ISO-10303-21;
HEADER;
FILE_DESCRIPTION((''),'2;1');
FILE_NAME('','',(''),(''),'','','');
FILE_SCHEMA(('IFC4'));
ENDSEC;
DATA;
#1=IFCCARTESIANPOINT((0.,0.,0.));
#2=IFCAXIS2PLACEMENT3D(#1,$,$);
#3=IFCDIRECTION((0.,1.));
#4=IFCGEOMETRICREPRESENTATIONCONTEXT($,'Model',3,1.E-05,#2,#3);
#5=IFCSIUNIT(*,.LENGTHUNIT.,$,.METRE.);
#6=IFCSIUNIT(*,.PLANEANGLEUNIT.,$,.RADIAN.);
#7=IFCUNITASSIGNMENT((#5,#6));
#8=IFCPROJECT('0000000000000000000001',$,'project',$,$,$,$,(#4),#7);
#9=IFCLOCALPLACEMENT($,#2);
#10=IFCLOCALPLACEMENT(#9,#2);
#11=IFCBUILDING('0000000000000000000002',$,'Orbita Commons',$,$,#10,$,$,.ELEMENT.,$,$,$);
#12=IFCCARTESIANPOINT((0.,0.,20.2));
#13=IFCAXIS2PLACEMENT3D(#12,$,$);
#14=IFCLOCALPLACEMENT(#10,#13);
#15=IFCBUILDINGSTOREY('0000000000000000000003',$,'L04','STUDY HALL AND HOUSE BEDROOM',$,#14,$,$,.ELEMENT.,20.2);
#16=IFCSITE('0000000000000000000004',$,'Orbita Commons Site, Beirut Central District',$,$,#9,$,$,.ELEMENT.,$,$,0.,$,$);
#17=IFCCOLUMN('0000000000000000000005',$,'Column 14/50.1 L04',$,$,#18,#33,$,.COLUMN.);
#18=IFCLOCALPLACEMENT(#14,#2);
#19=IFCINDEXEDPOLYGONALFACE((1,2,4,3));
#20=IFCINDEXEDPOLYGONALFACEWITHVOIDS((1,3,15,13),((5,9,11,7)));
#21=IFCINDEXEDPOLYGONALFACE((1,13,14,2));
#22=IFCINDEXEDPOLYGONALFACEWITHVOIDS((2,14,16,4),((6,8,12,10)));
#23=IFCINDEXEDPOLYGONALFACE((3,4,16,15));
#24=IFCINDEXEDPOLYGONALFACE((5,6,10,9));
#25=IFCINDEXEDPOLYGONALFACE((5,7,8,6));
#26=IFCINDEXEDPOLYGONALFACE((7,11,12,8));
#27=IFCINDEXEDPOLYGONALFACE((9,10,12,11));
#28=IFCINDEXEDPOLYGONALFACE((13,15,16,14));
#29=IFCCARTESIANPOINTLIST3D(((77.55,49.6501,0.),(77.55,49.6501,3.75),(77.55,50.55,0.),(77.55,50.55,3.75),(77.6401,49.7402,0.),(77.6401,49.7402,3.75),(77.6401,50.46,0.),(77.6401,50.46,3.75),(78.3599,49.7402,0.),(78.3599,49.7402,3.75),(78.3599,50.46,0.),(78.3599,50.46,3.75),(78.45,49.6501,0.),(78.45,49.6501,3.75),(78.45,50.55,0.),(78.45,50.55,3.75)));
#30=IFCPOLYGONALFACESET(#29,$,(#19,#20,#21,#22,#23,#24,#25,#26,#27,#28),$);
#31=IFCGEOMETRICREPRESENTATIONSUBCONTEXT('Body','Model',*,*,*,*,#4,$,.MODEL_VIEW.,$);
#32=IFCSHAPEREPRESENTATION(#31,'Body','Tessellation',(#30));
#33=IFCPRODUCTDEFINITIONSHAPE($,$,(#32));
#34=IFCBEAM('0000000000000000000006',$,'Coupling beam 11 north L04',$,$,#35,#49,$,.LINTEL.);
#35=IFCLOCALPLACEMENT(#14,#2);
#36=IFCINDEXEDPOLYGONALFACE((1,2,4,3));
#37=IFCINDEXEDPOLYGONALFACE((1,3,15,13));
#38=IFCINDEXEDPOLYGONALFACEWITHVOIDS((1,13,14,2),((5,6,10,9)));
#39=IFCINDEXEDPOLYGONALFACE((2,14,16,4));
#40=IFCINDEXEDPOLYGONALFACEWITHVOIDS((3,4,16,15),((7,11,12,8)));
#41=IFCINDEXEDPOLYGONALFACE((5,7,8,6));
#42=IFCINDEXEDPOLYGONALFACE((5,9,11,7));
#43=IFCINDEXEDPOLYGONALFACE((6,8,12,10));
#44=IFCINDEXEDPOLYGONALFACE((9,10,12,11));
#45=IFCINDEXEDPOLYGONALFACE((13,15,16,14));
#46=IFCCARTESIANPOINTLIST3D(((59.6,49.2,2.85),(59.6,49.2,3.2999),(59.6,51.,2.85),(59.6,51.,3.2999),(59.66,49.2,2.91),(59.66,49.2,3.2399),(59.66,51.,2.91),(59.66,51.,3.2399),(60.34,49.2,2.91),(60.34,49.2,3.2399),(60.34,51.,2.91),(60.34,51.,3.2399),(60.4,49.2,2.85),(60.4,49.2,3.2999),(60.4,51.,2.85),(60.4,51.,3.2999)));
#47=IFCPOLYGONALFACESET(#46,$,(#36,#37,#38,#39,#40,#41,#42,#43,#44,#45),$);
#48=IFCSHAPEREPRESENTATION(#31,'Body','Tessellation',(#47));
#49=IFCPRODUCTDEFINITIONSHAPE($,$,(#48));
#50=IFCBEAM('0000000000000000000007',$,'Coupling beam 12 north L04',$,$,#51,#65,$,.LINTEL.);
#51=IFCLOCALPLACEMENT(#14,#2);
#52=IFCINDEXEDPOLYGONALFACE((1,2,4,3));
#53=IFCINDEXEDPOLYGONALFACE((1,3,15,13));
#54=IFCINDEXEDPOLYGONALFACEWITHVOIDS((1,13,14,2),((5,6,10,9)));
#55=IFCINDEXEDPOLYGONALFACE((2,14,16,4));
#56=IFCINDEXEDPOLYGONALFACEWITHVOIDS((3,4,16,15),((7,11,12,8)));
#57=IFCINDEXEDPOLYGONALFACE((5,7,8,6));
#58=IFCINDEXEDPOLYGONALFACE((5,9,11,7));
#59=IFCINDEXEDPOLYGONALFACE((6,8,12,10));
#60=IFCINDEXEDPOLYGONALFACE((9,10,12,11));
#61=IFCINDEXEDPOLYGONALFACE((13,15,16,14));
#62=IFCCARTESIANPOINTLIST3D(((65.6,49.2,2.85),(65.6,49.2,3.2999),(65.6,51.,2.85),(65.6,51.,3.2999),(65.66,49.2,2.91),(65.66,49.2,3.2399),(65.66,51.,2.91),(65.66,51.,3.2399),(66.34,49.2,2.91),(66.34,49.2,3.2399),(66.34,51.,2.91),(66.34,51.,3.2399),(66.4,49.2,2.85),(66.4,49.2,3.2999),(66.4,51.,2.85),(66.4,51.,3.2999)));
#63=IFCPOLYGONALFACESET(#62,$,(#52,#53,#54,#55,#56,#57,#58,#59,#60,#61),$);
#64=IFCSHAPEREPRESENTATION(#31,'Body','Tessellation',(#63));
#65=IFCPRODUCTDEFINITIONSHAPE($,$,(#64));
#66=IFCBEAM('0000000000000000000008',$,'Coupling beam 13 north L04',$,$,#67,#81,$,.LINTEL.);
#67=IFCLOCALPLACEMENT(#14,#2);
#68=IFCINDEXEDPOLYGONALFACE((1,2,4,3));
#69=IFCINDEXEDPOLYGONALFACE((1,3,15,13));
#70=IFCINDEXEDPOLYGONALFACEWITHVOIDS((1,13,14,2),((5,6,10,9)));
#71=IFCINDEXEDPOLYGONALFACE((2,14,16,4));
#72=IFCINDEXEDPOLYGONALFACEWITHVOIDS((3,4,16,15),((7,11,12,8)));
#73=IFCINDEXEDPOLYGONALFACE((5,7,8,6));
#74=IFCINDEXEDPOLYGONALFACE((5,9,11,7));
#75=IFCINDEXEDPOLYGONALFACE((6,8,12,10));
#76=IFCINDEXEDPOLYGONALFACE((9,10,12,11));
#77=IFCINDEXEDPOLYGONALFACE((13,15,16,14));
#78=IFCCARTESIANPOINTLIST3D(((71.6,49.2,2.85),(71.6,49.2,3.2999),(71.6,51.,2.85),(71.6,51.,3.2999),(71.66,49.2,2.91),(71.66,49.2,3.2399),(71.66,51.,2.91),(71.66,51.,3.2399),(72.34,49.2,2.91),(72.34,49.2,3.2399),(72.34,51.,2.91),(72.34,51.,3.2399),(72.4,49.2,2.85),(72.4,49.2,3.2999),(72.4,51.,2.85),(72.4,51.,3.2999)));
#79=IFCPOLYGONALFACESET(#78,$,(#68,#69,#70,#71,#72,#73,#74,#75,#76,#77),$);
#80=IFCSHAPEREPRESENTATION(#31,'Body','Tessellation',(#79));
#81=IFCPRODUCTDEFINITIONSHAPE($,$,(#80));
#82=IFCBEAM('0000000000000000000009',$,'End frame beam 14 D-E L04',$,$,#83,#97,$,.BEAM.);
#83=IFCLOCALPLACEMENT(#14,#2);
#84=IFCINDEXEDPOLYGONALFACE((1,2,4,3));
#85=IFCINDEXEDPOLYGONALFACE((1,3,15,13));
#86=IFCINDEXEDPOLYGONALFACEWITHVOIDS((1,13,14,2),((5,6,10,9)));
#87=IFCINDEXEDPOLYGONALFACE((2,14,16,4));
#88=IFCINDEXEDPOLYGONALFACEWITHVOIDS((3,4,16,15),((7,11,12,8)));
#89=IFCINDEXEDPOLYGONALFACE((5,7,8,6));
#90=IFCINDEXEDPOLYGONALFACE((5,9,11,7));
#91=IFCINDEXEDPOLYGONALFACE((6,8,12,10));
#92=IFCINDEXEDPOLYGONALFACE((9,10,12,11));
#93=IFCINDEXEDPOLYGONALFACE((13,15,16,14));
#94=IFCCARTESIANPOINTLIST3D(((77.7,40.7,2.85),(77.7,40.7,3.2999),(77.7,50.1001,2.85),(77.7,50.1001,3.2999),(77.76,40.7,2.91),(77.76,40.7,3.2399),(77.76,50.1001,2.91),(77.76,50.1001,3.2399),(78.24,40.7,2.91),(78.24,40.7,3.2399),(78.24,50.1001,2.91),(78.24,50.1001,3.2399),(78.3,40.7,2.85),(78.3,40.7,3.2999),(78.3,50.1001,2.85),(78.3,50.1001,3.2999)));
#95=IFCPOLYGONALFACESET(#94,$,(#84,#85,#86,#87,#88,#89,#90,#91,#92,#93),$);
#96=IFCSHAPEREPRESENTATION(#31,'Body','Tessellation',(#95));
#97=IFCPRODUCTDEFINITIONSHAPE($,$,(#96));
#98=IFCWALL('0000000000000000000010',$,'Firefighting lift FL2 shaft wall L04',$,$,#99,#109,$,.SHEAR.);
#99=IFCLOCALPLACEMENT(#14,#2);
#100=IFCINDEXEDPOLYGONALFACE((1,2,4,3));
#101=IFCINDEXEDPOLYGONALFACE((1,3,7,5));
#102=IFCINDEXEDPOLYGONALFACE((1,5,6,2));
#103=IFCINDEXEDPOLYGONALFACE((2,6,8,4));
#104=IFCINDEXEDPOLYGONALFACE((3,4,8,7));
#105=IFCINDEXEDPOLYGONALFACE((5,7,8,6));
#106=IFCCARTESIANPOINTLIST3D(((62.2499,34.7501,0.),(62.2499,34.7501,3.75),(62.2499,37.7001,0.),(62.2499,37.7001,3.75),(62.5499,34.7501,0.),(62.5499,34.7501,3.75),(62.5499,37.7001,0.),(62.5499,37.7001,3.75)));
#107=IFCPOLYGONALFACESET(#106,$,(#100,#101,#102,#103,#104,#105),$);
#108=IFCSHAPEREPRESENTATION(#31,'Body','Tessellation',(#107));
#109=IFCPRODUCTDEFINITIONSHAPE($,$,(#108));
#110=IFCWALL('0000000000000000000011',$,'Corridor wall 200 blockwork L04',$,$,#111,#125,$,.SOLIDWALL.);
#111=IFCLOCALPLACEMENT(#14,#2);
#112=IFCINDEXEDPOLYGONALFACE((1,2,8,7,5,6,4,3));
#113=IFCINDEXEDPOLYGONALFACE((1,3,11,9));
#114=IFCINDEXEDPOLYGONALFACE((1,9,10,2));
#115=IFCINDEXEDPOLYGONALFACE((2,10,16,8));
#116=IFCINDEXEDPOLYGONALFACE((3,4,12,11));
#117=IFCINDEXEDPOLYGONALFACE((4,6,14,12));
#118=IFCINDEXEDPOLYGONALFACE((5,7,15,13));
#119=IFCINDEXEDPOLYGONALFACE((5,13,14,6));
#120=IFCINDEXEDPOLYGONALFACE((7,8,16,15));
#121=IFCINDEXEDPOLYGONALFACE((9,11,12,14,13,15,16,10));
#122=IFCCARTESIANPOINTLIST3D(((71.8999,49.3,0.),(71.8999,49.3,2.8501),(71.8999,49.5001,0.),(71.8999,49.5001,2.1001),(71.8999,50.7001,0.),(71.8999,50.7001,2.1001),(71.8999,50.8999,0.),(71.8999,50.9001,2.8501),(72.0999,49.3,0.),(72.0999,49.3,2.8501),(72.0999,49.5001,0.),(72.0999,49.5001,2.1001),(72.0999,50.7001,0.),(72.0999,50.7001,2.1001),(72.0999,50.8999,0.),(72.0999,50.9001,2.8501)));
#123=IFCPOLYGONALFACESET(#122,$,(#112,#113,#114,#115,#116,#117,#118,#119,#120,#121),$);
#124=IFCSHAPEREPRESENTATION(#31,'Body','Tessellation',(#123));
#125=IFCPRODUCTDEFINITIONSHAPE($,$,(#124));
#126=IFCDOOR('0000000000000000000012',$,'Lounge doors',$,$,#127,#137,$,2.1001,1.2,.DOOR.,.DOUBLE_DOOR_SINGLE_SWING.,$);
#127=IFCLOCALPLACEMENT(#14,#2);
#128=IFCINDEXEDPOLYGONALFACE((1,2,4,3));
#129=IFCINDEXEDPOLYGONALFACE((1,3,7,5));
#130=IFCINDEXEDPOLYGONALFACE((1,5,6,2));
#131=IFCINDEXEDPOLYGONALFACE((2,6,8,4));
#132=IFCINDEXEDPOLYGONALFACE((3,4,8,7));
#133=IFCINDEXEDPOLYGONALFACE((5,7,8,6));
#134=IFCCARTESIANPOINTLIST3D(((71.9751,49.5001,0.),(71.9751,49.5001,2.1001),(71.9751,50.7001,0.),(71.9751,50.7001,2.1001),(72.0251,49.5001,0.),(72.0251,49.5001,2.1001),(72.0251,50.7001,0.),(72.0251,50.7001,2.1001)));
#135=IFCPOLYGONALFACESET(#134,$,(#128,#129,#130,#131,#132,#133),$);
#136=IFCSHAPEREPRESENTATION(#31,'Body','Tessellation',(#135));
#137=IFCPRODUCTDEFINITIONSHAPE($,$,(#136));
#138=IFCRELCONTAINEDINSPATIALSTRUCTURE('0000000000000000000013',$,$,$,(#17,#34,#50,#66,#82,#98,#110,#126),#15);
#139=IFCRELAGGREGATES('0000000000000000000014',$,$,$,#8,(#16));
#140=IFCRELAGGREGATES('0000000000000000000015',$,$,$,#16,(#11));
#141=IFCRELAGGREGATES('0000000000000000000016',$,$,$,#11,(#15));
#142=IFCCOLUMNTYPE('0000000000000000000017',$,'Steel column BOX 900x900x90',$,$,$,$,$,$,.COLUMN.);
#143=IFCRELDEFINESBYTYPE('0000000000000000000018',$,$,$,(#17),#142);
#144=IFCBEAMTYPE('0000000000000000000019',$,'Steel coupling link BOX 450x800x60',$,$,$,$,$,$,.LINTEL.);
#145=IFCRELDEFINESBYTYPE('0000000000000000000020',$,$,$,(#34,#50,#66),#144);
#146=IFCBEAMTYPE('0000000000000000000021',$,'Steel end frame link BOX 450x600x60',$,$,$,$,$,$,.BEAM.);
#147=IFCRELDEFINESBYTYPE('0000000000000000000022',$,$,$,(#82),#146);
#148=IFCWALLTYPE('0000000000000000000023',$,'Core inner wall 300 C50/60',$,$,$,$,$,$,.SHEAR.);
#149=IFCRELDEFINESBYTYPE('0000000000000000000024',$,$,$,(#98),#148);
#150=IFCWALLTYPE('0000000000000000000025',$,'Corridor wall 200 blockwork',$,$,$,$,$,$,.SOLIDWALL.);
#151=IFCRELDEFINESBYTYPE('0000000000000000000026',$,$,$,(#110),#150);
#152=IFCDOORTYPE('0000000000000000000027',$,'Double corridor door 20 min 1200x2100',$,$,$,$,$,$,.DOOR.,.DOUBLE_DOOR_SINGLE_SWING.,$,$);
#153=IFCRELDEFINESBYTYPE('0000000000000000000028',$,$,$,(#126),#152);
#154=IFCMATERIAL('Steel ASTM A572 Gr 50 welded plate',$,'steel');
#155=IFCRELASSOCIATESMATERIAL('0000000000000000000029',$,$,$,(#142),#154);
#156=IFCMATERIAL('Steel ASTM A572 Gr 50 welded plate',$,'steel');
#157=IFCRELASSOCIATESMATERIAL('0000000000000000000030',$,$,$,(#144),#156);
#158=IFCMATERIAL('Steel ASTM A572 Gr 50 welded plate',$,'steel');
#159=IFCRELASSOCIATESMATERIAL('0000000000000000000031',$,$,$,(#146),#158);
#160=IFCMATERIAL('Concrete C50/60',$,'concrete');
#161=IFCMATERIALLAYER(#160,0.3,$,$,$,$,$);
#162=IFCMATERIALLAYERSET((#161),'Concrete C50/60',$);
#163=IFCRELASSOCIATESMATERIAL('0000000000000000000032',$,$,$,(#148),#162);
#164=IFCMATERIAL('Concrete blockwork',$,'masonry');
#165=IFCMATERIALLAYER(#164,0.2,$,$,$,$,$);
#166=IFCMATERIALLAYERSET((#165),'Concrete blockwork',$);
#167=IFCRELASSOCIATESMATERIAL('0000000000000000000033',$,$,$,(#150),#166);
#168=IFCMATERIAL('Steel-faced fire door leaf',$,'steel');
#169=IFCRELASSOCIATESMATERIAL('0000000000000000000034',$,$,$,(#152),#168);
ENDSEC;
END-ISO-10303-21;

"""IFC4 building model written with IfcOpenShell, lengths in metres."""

from ifc_helpers import new_model, si_unit, direction, frame, frame_2d, origin, origin_2d, place, context, subcontext, project, spatial, polyline, rectangle, hollow_rectangle, outline, extrude, material, layer, layer_set, material_profile, profile_set, type_object, element, fill, save


model = new_model("IFC4")

# Units and contexts
model_context = context("Model", 3, precision=1e-05, world=origin(), true_north=direction((0.0, 1.0)))
body_context = subcontext(model_context, "Body", "Model", "MODEL_VIEW")
ifc_project = project(units=[si_unit("LENGTHUNIT", "METRE"), si_unit("PLANEANGLEUNIT", "RADIAN")], contexts=[model_context])

# Site, building, storey
site_placement = place(None, origin())
site = spatial("IfcSite", under=ifc_project, at=site_placement, Name="Orbita Commons Site, Beirut Central District", CompositionType="ELEMENT", RefElevation=0.0)
building_placement = place(site_placement, origin())
building = spatial("IfcBuilding", under=site, at=building_placement, Name="Orbita Commons", CompositionType="ELEMENT")
storey_placement = place(building_placement, frame((0.0, 0.0, 20.2)))
storey = spatial("IfcBuildingStorey", under=building, at=storey_placement, Name="L04", Description="STUDY HALL AND HOUSE BEDROOM", CompositionType="ELEMENT", Elevation=20.2)

# Column
ifc_material_1 = material(Name="Steel ASTM A572 Gr 50 welded plate", Category="steel")
ifc_material_profile_1 = material_profile(ifc_material_1, hollow_rectangle(XDim=0.8999, YDim=0.8999, WallThickness=0.0901, at=origin_2d()), Name="BOX 900x900x90")
ifc_profile_set_1 = profile_set([ifc_material_profile_1], Name="Steel ASTM A572 Gr 50 welded plate")
column_type = type_object("IfcColumnType", Name="Steel column BOX 900x900x90", PredefinedType="COLUMN", material=ifc_profile_set_1)
column_placement = place(storey_placement, frame((78.0, 50.1001, 0.0), z_axis=(0.0, 0.0, 1.0), x_axis=(1.0, 0.0, 0.0)))
element("IfcColumn", 1, at=column_placement, inside=storey, type_object=column_type, Name="Column 14/50.1 L04", PredefinedType="COLUMN", context=body_context, shape_type="SweptSolid", body=[
    extrude(hollow_rectangle(XDim=0.8999, YDim=0.8999, WallThickness=0.0901, at=origin_2d()), origin(), (0.0, 0.0, 1.0), 3.75),
])

# Beams
ifc_material_2 = material(Name="Steel ASTM A572 Gr 50 welded plate", Category="steel")
ifc_material_profile_2 = material_profile(ifc_material_2, hollow_rectangle(XDim=0.8, YDim=0.45, WallThickness=0.0601, at=origin_2d()), Name="BOX 450x800x60")
ifc_profile_set_2 = profile_set([ifc_material_profile_2], Name="Steel ASTM A572 Gr 50 welded plate")
beam_type_1 = type_object("IfcBeamType", Name="Steel coupling link BOX 450x800x60", PredefinedType="LINTEL", material=ifc_profile_set_2)
for number, where, z_axis, x_axis, name in (
    (2, (60.0, 49.2, 3.075), (0.0, 1.0, 0.0), (-1.0, 0.0, 0.0), "Coupling beam 11 north L04"),
    (3, (66.0, 49.2, 3.075), (0.0, 1.0, 0.0), (-1.0, 0.0, 0.0), "Coupling beam 12 north L04"),
    (4, (72.0, 49.2, 3.075), (0.0, 1.0, 0.0), (-1.0, 0.0, 0.0), "Coupling beam 13 north L04"),
):
    element("IfcBeam", number, at=place(storey_placement, frame(where, z_axis=z_axis, x_axis=x_axis)), inside=storey, type_object=beam_type_1, Name=name, PredefinedType="LINTEL", context=body_context, shape_type="SweptSolid", body=[
        extrude(hollow_rectangle(XDim=0.8, YDim=0.45, WallThickness=0.0601, at=origin_2d()), origin(), (0.0, 0.0, 1.0), 1.8),
    ])
ifc_material_3 = material(Name="Steel ASTM A572 Gr 50 welded plate", Category="steel")
ifc_material_profile_3 = material_profile(ifc_material_3, hollow_rectangle(XDim=0.6001, YDim=0.45, WallThickness=0.0601, at=origin_2d()), Name="BOX 450x600x60")
ifc_profile_set_3 = profile_set([ifc_material_profile_3], Name="Steel ASTM A572 Gr 50 welded plate")
beam_type_2 = type_object("IfcBeamType", Name="Steel end frame link BOX 450x600x60", PredefinedType="BEAM", material=ifc_profile_set_3)
beam_placement = place(storey_placement, frame((78.0, 40.7, 3.075), z_axis=(0.0, 1.0, 0.0), x_axis=(-1.0, 0.0, 0.0)))
element("IfcBeam", 5, at=beam_placement, inside=storey, type_object=beam_type_2, Name="End frame beam 14 D-E L04", PredefinedType="BEAM", context=body_context, shape_type="SweptSolid", body=[
    extrude(hollow_rectangle(XDim=0.6001, YDim=0.45, WallThickness=0.0601, at=origin_2d()), origin(), (0.0, 0.0, 1.0), 9.4001),
])

# Wall
ifc_material_4 = material(Name="Concrete C50/60", Category="concrete")
ifc_layer_1 = layer(ifc_material_4, 0.3)
ifc_layer_set_1 = layer_set([ifc_layer_1], Name="Concrete C50/60")
wall_type_1 = type_object("IfcWallType", Name="Core inner wall 300 C50/60", PredefinedType="SHEAR", material=ifc_layer_set_1)
wall_1_placement = place(storey_placement, frame((62.3999, 34.75, 0.0), z_axis=(0.0, 0.0, 1.0), x_axis=(0.0, 1.0, 0.0)))
element("IfcWall", 6, at=wall_1_placement, inside=storey, type_object=wall_type_1, Name="Firefighting lift FL2 shaft wall L04", PredefinedType="SHEAR", context=body_context, shape_type="SweptSolid", body=[
    extrude(rectangle(XDim=2.95, YDim=0.3, at=frame_2d((1.4751, 0.0))), origin(), (0.0, 0.0, 1.0), 3.75),
])

# Wall, opening, door
ifc_material_5 = material(Name="Concrete blockwork", Category="masonry")
ifc_layer_2 = layer(ifc_material_5, 0.2)
ifc_layer_set_2 = layer_set([ifc_layer_2], Name="Concrete blockwork")
wall_type_2 = type_object("IfcWallType", Name="Corridor wall 200 blockwork", PredefinedType="SOLIDWALL", material=ifc_layer_set_2)
wall_2_placement = place(storey_placement, frame((72.0, 49.3, 0.0), z_axis=(0.0, 0.0, 1.0), x_axis=(0.0, 1.0, 0.0)))
wall_2 = element("IfcWall", 7, at=wall_2_placement, inside=storey, type_object=wall_type_2, Name="Corridor wall 200 blockwork L04", PredefinedType="SOLIDWALL", context=body_context, shape_type="SweptSolid", body=[
    extrude(outline(polyline([(0.0, 0.0), (1.5999, 0.0), (1.6001, 2.8501), (0.0, 2.8501), (0.0, 0.0)])), frame((0.0, 0.1001, 0.0), z_axis=(0.0, -1.0, 0.0), x_axis=(1.0, 0.0, 0.0)), (0.0, 0.0, 1.0), 0.2),
])
opening_1_placement = place(wall_2_placement, frame((0.2, 0.0, 0.0)))
opening_1 = element("IfcOpeningElement", 8, at=opening_1_placement, cuts=wall_2, PredefinedType="OPENING", context=body_context, shape_type="SweptSolid", body=[
    extrude(rectangle(XDim=1.2, YDim=2.1001, at=frame_2d((0.6001, 1.05))), frame((0.0, 0.1099, 0.0), z_axis=(0.0, -1.0, 0.0), x_axis=(1.0, 0.0, 0.0)), (0.0, 0.0, 1.0), 0.22),
])
ifc_material_6 = material(Name="Steel-faced fire door leaf", Category="steel")
door_type_1 = type_object("IfcDoorType", Name="Double corridor door 20 min 1200x2100", OperationType="DOUBLE_DOOR_SINGLE_SWING", PredefinedType="DOOR", material=ifc_material_6)
door_1_placement = place(opening_1_placement, origin())
door_1 = element("IfcDoor", 9, at=door_1_placement, inside=storey, type_object=door_type_1, Name="Lounge doors", OperationType="DOUBLE_DOOR_SINGLE_SWING", OverallHeight=2.1001, OverallWidth=1.2, PredefinedType="DOOR", context=body_context, shape_type="SweptSolid", body=[
    extrude(rectangle(XDim=1.2, YDim=2.1001, at=frame_2d((0.6001, 1.05))), frame((0.0, 0.0249, 0.0), z_axis=(0.0, -1.0, 0.0), x_axis=(1.0, 0.0, 0.0)), (0.0, 0.0, 1.0), 0.05),
])
fill(opening_1, door_1)

save(model, "model.ifc")
